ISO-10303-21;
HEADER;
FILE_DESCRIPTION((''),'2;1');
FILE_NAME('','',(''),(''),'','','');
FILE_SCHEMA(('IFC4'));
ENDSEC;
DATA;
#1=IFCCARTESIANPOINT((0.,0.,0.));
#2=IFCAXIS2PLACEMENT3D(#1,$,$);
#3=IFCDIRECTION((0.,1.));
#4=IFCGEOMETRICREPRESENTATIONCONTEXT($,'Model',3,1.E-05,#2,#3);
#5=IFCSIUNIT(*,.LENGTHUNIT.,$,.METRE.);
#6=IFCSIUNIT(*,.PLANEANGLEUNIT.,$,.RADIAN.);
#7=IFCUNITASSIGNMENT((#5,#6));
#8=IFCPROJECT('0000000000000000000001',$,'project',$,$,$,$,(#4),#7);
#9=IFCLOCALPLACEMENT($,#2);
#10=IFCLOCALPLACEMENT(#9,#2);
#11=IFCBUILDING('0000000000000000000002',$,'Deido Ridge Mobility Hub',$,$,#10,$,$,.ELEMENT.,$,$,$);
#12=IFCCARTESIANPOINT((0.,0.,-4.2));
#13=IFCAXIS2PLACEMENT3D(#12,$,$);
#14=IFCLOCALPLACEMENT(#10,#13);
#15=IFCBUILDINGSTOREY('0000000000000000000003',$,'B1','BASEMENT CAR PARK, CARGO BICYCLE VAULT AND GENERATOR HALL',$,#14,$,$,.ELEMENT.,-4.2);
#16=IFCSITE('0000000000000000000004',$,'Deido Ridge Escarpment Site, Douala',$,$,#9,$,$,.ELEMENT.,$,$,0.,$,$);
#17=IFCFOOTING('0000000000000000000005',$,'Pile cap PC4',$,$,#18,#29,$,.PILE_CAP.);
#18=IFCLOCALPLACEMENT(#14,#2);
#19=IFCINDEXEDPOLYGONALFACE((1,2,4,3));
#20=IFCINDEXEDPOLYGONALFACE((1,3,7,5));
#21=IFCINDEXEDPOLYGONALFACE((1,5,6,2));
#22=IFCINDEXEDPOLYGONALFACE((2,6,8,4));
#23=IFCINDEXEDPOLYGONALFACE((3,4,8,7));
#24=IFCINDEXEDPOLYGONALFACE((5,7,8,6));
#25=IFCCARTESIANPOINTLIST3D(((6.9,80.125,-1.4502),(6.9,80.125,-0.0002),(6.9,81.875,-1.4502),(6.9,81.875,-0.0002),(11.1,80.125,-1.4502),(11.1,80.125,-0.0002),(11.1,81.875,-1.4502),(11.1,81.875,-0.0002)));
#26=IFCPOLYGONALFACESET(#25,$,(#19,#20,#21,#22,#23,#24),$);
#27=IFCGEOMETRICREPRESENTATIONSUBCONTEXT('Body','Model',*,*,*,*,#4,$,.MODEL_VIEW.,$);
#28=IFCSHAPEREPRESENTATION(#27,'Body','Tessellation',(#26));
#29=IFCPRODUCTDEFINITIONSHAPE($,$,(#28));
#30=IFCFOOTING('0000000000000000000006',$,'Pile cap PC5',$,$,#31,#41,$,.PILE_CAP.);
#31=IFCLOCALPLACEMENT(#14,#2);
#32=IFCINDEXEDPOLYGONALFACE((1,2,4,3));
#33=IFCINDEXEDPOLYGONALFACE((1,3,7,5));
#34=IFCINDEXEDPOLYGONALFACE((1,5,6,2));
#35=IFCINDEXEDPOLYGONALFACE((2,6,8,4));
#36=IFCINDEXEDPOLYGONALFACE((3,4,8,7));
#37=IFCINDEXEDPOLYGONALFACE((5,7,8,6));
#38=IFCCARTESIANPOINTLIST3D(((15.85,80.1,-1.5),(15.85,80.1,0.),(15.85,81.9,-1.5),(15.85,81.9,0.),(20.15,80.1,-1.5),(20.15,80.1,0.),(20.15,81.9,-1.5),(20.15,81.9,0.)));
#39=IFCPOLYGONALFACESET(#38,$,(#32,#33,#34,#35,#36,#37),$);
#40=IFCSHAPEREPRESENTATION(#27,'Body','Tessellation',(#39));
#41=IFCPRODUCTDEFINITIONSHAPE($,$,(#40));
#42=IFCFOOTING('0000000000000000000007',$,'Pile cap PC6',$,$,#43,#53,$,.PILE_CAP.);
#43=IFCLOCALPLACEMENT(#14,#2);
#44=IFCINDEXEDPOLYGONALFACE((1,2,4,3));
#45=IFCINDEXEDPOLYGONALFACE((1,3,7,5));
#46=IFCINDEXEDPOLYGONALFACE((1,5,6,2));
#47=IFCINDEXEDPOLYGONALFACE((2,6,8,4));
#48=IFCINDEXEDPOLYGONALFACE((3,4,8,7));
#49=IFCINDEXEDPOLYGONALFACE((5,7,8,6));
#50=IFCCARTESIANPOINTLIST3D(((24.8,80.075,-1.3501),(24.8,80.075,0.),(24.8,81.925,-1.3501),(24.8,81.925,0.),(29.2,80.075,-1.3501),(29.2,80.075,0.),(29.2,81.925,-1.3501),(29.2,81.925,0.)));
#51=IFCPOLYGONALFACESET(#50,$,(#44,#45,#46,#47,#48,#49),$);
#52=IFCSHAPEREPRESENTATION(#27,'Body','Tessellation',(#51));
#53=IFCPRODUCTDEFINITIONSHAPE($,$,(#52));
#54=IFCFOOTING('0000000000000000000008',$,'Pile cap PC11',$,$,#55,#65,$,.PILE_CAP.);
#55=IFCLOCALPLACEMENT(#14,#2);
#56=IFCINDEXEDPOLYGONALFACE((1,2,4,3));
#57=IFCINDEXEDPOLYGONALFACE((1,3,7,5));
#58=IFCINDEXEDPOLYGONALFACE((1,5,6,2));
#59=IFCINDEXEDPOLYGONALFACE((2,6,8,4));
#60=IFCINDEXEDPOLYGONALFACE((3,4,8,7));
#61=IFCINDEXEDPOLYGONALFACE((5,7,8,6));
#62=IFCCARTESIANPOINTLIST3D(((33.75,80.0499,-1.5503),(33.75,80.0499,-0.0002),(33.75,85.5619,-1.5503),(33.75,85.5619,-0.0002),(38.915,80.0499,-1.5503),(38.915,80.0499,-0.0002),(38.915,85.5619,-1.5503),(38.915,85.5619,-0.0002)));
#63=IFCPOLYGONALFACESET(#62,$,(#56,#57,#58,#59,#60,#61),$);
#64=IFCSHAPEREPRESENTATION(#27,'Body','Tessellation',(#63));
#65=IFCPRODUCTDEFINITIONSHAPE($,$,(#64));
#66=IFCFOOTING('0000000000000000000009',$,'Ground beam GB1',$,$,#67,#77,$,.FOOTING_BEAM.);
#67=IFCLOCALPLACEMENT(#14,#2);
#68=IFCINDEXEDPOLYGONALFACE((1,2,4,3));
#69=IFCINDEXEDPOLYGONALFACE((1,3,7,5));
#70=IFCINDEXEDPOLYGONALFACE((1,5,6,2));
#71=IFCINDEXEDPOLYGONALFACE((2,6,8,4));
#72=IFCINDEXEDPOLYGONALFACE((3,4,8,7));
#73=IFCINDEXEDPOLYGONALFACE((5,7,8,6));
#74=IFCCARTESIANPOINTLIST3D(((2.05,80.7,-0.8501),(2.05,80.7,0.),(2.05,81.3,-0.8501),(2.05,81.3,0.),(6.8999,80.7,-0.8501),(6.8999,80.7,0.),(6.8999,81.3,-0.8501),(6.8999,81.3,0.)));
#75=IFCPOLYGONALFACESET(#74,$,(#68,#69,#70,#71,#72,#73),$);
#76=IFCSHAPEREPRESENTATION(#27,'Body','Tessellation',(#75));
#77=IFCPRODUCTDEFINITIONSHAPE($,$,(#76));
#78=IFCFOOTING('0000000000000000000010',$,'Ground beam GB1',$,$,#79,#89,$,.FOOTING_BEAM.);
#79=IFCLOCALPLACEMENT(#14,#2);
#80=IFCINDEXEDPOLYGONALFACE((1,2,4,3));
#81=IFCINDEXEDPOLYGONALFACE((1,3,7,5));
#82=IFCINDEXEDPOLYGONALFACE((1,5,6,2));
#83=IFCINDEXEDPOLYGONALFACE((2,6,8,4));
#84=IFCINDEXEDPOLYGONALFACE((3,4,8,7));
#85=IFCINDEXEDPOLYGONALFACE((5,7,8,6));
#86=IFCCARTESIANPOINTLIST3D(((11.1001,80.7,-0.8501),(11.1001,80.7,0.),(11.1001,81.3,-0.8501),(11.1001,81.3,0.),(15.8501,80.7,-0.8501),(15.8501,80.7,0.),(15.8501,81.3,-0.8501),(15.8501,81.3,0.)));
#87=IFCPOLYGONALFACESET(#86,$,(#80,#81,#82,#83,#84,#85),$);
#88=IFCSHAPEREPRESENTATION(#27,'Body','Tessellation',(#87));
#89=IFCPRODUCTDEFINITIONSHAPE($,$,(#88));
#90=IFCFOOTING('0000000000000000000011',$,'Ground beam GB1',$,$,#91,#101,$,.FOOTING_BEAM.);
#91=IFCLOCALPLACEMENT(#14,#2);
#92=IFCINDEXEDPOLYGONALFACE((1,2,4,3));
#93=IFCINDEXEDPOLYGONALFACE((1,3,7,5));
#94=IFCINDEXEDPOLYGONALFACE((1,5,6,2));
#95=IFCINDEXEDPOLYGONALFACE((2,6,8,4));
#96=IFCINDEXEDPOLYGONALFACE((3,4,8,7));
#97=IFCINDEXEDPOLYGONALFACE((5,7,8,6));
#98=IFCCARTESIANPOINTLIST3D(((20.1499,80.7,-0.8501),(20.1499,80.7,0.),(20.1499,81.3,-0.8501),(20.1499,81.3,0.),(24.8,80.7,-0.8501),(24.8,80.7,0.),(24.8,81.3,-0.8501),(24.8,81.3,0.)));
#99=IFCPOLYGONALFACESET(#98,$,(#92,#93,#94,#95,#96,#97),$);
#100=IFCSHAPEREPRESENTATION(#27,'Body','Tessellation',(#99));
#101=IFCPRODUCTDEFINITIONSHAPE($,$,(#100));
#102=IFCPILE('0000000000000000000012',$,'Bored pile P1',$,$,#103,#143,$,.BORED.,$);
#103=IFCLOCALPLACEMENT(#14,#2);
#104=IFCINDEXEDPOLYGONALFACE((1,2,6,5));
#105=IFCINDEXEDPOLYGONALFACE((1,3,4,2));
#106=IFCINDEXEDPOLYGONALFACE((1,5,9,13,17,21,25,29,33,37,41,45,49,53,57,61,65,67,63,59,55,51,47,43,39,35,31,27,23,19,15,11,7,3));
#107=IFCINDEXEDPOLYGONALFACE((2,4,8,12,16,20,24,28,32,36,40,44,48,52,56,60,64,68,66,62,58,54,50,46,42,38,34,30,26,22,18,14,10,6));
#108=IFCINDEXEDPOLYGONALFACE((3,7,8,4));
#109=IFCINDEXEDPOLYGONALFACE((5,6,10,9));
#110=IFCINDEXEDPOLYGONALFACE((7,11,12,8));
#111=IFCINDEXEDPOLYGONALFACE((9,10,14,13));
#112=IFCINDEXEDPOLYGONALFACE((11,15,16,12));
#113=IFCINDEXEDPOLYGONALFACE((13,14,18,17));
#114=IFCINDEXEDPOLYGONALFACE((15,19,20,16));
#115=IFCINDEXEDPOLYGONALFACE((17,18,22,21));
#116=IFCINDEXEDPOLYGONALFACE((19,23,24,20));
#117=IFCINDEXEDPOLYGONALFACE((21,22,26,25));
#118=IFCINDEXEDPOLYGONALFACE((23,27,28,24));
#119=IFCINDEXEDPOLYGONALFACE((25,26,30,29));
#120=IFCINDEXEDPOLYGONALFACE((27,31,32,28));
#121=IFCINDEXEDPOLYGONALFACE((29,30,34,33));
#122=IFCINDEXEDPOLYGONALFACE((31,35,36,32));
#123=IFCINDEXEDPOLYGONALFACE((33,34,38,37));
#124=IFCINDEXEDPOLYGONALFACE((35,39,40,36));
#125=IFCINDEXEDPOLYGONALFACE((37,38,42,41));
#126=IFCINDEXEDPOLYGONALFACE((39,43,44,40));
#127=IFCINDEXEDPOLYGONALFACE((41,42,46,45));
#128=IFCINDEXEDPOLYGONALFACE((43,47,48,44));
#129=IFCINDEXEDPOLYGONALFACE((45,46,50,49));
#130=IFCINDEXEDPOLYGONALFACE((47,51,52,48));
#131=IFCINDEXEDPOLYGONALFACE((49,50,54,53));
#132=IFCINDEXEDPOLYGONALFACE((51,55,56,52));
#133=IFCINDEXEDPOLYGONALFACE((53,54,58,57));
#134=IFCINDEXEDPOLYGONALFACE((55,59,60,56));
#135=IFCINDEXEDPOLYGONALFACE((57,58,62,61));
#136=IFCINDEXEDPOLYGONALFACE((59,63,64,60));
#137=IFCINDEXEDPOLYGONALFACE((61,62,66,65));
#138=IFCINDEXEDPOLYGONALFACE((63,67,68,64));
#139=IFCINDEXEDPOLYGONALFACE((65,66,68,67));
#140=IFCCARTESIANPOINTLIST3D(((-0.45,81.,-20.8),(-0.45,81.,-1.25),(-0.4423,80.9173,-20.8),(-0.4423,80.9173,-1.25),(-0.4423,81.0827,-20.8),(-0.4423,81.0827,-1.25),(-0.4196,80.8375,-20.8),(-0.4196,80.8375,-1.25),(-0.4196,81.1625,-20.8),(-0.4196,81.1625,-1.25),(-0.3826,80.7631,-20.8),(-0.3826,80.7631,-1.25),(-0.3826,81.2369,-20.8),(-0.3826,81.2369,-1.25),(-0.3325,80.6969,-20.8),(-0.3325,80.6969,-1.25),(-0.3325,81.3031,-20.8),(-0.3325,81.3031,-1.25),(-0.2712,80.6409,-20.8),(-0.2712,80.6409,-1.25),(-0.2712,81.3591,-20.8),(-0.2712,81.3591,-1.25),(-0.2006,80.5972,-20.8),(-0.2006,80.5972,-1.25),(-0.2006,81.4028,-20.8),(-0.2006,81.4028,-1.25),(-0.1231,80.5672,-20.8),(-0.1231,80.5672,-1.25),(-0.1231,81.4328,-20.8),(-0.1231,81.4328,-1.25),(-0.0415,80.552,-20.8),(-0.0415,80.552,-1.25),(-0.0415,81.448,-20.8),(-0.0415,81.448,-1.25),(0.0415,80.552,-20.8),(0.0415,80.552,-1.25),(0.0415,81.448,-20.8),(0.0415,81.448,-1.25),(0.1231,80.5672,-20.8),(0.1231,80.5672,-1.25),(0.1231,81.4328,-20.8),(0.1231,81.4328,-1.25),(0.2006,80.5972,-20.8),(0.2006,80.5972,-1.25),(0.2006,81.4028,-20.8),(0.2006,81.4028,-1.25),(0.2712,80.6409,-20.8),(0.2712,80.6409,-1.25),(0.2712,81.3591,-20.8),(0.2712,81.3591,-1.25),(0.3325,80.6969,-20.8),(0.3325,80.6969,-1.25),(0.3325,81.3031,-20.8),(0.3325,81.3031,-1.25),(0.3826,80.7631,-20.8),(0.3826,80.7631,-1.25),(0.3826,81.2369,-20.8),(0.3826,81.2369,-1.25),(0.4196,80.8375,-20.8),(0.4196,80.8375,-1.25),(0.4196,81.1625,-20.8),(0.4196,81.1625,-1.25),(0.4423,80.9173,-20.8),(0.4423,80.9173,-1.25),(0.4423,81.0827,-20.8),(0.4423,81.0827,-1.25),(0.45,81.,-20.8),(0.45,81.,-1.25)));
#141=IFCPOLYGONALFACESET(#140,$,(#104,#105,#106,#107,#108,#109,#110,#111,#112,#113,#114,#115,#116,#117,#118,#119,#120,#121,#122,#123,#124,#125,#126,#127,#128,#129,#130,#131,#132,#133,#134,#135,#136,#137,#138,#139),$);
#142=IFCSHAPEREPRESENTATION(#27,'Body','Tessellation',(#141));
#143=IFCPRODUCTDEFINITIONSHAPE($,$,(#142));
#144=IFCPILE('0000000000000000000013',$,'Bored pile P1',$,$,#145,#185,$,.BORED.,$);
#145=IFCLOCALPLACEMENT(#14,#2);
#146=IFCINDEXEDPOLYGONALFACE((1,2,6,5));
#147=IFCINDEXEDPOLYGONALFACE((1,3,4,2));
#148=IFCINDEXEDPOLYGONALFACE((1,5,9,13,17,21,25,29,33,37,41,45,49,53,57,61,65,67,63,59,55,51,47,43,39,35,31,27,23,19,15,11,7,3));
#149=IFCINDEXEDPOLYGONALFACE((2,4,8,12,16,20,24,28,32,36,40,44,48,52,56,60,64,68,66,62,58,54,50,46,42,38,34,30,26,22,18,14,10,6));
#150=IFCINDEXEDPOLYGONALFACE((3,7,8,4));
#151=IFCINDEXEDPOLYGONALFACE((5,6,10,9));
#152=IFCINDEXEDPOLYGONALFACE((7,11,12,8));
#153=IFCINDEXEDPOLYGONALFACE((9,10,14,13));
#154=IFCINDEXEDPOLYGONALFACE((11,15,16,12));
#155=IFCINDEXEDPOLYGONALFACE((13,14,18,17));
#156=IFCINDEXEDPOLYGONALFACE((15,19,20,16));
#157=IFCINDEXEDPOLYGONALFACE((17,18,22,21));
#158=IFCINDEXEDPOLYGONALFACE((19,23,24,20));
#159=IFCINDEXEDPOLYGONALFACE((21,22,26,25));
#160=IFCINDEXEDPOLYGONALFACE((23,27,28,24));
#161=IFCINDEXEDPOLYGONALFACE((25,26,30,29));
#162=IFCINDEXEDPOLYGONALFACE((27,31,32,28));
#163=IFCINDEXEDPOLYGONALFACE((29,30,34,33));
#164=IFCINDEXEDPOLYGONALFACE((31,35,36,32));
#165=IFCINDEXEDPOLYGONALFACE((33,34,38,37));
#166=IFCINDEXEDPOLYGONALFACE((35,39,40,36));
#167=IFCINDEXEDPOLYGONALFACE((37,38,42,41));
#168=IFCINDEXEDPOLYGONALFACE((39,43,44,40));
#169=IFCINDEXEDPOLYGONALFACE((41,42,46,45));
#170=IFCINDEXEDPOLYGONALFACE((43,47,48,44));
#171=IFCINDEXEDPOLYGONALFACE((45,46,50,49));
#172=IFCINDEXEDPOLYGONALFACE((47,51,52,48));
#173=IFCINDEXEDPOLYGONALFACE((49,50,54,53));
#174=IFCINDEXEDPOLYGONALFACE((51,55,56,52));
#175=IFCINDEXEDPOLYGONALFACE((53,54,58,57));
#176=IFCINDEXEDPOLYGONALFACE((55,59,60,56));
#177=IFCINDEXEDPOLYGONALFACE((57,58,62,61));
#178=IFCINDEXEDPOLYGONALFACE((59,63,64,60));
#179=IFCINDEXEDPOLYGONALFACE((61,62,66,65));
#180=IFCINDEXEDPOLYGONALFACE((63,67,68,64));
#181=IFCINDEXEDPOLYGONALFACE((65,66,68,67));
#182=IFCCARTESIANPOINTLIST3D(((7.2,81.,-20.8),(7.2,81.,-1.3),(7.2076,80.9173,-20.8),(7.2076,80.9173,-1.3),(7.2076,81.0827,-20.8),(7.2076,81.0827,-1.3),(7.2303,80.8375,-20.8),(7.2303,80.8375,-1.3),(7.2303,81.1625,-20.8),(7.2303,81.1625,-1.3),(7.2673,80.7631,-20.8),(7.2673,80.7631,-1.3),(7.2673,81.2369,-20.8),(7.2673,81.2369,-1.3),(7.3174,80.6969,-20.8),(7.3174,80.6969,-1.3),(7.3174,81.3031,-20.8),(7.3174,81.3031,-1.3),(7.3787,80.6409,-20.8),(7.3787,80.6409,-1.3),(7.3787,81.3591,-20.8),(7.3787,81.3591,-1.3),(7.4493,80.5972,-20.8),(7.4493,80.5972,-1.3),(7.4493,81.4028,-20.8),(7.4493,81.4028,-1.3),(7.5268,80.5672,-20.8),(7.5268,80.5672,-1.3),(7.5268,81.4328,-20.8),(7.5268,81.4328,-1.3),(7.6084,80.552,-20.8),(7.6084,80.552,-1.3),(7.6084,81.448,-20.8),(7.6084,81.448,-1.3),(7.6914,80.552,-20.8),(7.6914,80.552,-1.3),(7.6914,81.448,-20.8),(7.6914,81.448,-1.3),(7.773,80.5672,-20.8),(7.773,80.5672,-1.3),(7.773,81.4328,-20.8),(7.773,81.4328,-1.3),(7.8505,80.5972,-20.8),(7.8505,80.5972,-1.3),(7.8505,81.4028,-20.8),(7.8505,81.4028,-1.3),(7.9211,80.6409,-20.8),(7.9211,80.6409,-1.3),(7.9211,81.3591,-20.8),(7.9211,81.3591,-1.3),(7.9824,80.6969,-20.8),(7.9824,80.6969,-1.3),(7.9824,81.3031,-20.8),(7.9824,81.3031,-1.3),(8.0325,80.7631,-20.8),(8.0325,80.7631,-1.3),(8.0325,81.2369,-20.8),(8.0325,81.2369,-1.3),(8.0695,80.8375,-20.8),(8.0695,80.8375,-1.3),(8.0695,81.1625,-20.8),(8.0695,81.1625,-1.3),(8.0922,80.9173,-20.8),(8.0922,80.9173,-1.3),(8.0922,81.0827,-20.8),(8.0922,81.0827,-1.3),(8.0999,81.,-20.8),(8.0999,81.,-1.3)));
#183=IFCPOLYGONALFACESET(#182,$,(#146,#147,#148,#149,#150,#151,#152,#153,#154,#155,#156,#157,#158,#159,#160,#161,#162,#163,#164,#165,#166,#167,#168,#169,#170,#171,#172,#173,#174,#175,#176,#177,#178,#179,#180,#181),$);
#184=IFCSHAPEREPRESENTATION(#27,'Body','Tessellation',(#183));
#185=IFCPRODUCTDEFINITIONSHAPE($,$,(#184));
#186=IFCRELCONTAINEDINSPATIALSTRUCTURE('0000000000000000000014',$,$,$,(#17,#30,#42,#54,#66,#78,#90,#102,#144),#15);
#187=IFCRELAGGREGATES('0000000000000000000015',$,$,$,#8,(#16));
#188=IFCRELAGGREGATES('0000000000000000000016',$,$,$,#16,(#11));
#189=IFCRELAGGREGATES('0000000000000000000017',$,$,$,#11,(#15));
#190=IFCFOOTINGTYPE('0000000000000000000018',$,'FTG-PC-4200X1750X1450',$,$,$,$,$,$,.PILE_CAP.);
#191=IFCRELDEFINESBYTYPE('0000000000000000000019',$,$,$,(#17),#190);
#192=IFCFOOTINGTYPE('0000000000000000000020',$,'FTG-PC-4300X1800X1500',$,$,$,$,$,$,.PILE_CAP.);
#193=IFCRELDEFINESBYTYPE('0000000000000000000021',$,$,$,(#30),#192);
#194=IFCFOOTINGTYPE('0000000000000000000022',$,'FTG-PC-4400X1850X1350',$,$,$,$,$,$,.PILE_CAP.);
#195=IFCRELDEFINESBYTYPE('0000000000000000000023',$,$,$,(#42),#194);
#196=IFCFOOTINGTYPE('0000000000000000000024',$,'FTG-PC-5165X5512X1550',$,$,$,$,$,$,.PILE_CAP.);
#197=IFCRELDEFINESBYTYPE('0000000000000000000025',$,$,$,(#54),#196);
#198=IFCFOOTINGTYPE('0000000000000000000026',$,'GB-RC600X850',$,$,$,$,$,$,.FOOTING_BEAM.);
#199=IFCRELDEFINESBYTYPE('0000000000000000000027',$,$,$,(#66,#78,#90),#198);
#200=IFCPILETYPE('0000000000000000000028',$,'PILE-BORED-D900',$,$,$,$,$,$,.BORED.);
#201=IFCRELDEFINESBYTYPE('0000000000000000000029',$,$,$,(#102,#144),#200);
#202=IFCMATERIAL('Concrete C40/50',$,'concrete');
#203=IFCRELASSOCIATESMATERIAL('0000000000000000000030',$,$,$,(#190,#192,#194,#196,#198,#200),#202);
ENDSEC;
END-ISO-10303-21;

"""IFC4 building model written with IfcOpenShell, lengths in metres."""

from ifc_helpers import new_model, si_unit, direction, frame, origin, origin_2d, place, context, subcontext, project, spatial, rectangle, circle, extrude, material, material_profile, profile_set, type_object, element, save


model = new_model("IFC4")

# Units and contexts
model_context = context("Model", 3, precision=1e-05, world=origin(), true_north=direction((0.0, 1.0)))
body_context = subcontext(model_context, "Body", "Model", "MODEL_VIEW")
ifc_project = project(units=[si_unit("LENGTHUNIT", "METRE"), si_unit("PLANEANGLEUNIT", "RADIAN")], contexts=[model_context])

# Site, building, storey
site_placement = place(None, origin())
site = spatial("IfcSite", under=ifc_project, at=site_placement, Name="Deido Ridge Escarpment Site, Douala", CompositionType="ELEMENT", RefElevation=0.0)
building_placement = place(site_placement, origin())
building = spatial("IfcBuilding", under=site, at=building_placement, Name="Deido Ridge Mobility Hub", CompositionType="ELEMENT")
storey_placement = place(building_placement, frame((0.0, 0.0, -4.2)))
storey = spatial("IfcBuildingStorey", under=building, at=storey_placement, Name="B1", Description="BASEMENT CAR PARK, CARGO BICYCLE VAULT AND GENERATOR HALL", CompositionType="ELEMENT", Elevation=-4.2)

# Footings
ifc_material_1 = material(Name="Concrete C40/50", Category="concrete")
footing_type_1 = type_object("IfcFootingType", Name="FTG-PC-4200X1750X1450", PredefinedType="PILE_CAP", material=ifc_material_1)
footing_1_placement = place(storey_placement, frame((9.0, 81.0, -1.4502), z_axis=(0.0, 0.0, 1.0), x_axis=(1.0, 0.0, 0.0)))
element("IfcFooting", 1, at=footing_1_placement, inside=storey, type_object=footing_type_1, Name="Pile cap PC4", PredefinedType="PILE_CAP", context=body_context, shape_type="SweptSolid", body=[
    extrude(rectangle(XDim=4.2, YDim=1.75, at=origin_2d()), origin(), (0.0, 0.0, 1.0), 1.45),
])
footing_type_2 = type_object("IfcFootingType", Name="FTG-PC-4300X1800X1500", PredefinedType="PILE_CAP", material=ifc_material_1)
footing_2_placement = place(storey_placement, frame((18.0, 81.0, -1.5), z_axis=(0.0, 0.0, 1.0), x_axis=(1.0, 0.0, 0.0)))
element("IfcFooting", 2, at=footing_2_placement, inside=storey, type_object=footing_type_2, Name="Pile cap PC5", PredefinedType="PILE_CAP", context=body_context, shape_type="SweptSolid", body=[
    extrude(rectangle(XDim=4.3, YDim=1.8, at=origin_2d()), origin(), (0.0, 0.0, 1.0), 1.5),
])
footing_type_3 = type_object("IfcFootingType", Name="FTG-PC-4400X1850X1350", PredefinedType="PILE_CAP", material=ifc_material_1)
footing_3_placement = place(storey_placement, frame((27.0, 81.0, -1.3501), z_axis=(0.0, 0.0, 1.0), x_axis=(1.0, 0.0, 0.0)))
element("IfcFooting", 3, at=footing_3_placement, inside=storey, type_object=footing_type_3, Name="Pile cap PC6", PredefinedType="PILE_CAP", context=body_context, shape_type="SweptSolid", body=[
    extrude(rectangle(XDim=4.3999, YDim=1.8501, at=origin_2d()), origin(), (0.0, 0.0, 1.0), 1.3501),
])
footing_type_4 = type_object("IfcFootingType", Name="FTG-PC-5165X5512X1550", PredefinedType="PILE_CAP", material=ifc_material_1)
footing_4_placement = place(storey_placement, frame((36.3325, 82.8059, -1.5503), z_axis=(0.0, 0.0, 1.0), x_axis=(1.0, 0.0, 0.0)))
element("IfcFooting", 4, at=footing_4_placement, inside=storey, type_object=footing_type_4, Name="Pile cap PC11", PredefinedType="PILE_CAP", context=body_context, shape_type="SweptSolid", body=[
    extrude(rectangle(XDim=5.165, YDim=5.512, at=origin_2d()), origin(), (0.0, 0.0, 1.0), 1.55),
])
ifc_material_profile_1 = material_profile(ifc_material_1, rectangle(XDim=0.6001, YDim=0.8501, at=origin_2d()), Name="RC GB 600x850")
ifc_profile_set_1 = profile_set([ifc_material_profile_1], Name="Concrete C40/50")
footing_type_5 = type_object("IfcFootingType", Name="GB-RC600X850", PredefinedType="FOOTING_BEAM", material=ifc_profile_set_1)
footing_5_placement = place(storey_placement, frame((2.05, 81.0, -0.425), z_axis=(1.0, 0.0, 0.0), x_axis=(0.0, 1.0, 0.0)))
element("IfcFooting", 5, at=footing_5_placement, inside=storey, type_object=footing_type_5, Name="Ground beam GB1", PredefinedType="FOOTING_BEAM", context=body_context, shape_type="SweptSolid", body=[
    extrude(rectangle(XDim=0.6001, YDim=0.8501, at=origin_2d()), origin(), (0.0, 0.0, 1.0), 4.8499),
])
footing_6_placement = place(storey_placement, frame((11.1001, 81.0, -0.425), z_axis=(1.0, 0.0, 0.0), x_axis=(0.0, 1.0, 0.0)))
element("IfcFooting", 6, at=footing_6_placement, inside=storey, type_object=footing_type_5, Name="Ground beam GB1", PredefinedType="FOOTING_BEAM", context=body_context, shape_type="SweptSolid", body=[
    extrude(rectangle(XDim=0.6001, YDim=0.8501, at=origin_2d()), origin(), (0.0, 0.0, 1.0), 4.75),
])
footing_7_placement = place(storey_placement, frame((20.1499, 81.0, -0.425), z_axis=(1.0, 0.0, 0.0), x_axis=(0.0, 1.0, 0.0)))
element("IfcFooting", 7, at=footing_7_placement, inside=storey, type_object=footing_type_5, Name="Ground beam GB1", PredefinedType="FOOTING_BEAM", context=body_context, shape_type="SweptSolid", body=[
    extrude(rectangle(XDim=0.6001, YDim=0.8501, at=origin_2d()), origin(), (0.0, 0.0, 1.0), 4.6501),
])

# Piles
ifc_material_profile_2 = material_profile(ifc_material_1, circle(Radius=0.45, at=origin_2d()), Name="BORED PILE D900")
ifc_profile_set_2 = profile_set([ifc_material_profile_2], Name="Concrete C40/50")
pile_type = type_object("IfcPileType", Name="PILE-BORED-D900", PredefinedType="BORED", material=ifc_profile_set_2)
pile_1_placement = place(storey_placement, frame((0.0, 81.0, -1.25), z_axis=(0.0, 0.0, -1.0), x_axis=(1.0, 0.0, 0.0)))
element("IfcPile", 8, at=pile_1_placement, inside=storey, type_object=pile_type, Name="Bored pile P1", PredefinedType="BORED", context=body_context, shape_type="SweptSolid", body=[
    extrude(circle(Radius=0.45, at=origin_2d()), origin(), (0.0, 0.0, 1.0), 19.55),
])
for number, where, z_axis, x_axis, name in (
    (9, (7.6499, 81.0, -1.3), (0.0, 0.0, -1.0), (1.0, 0.0, 0.0), "Bored pile P1"),
):
    element("IfcPile", number, at=place(storey_placement, frame(where, z_axis=z_axis, x_axis=x_axis)), inside=storey, type_object=pile_type, Name=name, PredefinedType="BORED", context=body_context, shape_type="SweptSolid", body=[
        extrude(circle(Radius=0.45, at=origin_2d()), origin(), (0.0, 0.0, 1.0), 19.5),
    ])

save(model, "model.ifc")
